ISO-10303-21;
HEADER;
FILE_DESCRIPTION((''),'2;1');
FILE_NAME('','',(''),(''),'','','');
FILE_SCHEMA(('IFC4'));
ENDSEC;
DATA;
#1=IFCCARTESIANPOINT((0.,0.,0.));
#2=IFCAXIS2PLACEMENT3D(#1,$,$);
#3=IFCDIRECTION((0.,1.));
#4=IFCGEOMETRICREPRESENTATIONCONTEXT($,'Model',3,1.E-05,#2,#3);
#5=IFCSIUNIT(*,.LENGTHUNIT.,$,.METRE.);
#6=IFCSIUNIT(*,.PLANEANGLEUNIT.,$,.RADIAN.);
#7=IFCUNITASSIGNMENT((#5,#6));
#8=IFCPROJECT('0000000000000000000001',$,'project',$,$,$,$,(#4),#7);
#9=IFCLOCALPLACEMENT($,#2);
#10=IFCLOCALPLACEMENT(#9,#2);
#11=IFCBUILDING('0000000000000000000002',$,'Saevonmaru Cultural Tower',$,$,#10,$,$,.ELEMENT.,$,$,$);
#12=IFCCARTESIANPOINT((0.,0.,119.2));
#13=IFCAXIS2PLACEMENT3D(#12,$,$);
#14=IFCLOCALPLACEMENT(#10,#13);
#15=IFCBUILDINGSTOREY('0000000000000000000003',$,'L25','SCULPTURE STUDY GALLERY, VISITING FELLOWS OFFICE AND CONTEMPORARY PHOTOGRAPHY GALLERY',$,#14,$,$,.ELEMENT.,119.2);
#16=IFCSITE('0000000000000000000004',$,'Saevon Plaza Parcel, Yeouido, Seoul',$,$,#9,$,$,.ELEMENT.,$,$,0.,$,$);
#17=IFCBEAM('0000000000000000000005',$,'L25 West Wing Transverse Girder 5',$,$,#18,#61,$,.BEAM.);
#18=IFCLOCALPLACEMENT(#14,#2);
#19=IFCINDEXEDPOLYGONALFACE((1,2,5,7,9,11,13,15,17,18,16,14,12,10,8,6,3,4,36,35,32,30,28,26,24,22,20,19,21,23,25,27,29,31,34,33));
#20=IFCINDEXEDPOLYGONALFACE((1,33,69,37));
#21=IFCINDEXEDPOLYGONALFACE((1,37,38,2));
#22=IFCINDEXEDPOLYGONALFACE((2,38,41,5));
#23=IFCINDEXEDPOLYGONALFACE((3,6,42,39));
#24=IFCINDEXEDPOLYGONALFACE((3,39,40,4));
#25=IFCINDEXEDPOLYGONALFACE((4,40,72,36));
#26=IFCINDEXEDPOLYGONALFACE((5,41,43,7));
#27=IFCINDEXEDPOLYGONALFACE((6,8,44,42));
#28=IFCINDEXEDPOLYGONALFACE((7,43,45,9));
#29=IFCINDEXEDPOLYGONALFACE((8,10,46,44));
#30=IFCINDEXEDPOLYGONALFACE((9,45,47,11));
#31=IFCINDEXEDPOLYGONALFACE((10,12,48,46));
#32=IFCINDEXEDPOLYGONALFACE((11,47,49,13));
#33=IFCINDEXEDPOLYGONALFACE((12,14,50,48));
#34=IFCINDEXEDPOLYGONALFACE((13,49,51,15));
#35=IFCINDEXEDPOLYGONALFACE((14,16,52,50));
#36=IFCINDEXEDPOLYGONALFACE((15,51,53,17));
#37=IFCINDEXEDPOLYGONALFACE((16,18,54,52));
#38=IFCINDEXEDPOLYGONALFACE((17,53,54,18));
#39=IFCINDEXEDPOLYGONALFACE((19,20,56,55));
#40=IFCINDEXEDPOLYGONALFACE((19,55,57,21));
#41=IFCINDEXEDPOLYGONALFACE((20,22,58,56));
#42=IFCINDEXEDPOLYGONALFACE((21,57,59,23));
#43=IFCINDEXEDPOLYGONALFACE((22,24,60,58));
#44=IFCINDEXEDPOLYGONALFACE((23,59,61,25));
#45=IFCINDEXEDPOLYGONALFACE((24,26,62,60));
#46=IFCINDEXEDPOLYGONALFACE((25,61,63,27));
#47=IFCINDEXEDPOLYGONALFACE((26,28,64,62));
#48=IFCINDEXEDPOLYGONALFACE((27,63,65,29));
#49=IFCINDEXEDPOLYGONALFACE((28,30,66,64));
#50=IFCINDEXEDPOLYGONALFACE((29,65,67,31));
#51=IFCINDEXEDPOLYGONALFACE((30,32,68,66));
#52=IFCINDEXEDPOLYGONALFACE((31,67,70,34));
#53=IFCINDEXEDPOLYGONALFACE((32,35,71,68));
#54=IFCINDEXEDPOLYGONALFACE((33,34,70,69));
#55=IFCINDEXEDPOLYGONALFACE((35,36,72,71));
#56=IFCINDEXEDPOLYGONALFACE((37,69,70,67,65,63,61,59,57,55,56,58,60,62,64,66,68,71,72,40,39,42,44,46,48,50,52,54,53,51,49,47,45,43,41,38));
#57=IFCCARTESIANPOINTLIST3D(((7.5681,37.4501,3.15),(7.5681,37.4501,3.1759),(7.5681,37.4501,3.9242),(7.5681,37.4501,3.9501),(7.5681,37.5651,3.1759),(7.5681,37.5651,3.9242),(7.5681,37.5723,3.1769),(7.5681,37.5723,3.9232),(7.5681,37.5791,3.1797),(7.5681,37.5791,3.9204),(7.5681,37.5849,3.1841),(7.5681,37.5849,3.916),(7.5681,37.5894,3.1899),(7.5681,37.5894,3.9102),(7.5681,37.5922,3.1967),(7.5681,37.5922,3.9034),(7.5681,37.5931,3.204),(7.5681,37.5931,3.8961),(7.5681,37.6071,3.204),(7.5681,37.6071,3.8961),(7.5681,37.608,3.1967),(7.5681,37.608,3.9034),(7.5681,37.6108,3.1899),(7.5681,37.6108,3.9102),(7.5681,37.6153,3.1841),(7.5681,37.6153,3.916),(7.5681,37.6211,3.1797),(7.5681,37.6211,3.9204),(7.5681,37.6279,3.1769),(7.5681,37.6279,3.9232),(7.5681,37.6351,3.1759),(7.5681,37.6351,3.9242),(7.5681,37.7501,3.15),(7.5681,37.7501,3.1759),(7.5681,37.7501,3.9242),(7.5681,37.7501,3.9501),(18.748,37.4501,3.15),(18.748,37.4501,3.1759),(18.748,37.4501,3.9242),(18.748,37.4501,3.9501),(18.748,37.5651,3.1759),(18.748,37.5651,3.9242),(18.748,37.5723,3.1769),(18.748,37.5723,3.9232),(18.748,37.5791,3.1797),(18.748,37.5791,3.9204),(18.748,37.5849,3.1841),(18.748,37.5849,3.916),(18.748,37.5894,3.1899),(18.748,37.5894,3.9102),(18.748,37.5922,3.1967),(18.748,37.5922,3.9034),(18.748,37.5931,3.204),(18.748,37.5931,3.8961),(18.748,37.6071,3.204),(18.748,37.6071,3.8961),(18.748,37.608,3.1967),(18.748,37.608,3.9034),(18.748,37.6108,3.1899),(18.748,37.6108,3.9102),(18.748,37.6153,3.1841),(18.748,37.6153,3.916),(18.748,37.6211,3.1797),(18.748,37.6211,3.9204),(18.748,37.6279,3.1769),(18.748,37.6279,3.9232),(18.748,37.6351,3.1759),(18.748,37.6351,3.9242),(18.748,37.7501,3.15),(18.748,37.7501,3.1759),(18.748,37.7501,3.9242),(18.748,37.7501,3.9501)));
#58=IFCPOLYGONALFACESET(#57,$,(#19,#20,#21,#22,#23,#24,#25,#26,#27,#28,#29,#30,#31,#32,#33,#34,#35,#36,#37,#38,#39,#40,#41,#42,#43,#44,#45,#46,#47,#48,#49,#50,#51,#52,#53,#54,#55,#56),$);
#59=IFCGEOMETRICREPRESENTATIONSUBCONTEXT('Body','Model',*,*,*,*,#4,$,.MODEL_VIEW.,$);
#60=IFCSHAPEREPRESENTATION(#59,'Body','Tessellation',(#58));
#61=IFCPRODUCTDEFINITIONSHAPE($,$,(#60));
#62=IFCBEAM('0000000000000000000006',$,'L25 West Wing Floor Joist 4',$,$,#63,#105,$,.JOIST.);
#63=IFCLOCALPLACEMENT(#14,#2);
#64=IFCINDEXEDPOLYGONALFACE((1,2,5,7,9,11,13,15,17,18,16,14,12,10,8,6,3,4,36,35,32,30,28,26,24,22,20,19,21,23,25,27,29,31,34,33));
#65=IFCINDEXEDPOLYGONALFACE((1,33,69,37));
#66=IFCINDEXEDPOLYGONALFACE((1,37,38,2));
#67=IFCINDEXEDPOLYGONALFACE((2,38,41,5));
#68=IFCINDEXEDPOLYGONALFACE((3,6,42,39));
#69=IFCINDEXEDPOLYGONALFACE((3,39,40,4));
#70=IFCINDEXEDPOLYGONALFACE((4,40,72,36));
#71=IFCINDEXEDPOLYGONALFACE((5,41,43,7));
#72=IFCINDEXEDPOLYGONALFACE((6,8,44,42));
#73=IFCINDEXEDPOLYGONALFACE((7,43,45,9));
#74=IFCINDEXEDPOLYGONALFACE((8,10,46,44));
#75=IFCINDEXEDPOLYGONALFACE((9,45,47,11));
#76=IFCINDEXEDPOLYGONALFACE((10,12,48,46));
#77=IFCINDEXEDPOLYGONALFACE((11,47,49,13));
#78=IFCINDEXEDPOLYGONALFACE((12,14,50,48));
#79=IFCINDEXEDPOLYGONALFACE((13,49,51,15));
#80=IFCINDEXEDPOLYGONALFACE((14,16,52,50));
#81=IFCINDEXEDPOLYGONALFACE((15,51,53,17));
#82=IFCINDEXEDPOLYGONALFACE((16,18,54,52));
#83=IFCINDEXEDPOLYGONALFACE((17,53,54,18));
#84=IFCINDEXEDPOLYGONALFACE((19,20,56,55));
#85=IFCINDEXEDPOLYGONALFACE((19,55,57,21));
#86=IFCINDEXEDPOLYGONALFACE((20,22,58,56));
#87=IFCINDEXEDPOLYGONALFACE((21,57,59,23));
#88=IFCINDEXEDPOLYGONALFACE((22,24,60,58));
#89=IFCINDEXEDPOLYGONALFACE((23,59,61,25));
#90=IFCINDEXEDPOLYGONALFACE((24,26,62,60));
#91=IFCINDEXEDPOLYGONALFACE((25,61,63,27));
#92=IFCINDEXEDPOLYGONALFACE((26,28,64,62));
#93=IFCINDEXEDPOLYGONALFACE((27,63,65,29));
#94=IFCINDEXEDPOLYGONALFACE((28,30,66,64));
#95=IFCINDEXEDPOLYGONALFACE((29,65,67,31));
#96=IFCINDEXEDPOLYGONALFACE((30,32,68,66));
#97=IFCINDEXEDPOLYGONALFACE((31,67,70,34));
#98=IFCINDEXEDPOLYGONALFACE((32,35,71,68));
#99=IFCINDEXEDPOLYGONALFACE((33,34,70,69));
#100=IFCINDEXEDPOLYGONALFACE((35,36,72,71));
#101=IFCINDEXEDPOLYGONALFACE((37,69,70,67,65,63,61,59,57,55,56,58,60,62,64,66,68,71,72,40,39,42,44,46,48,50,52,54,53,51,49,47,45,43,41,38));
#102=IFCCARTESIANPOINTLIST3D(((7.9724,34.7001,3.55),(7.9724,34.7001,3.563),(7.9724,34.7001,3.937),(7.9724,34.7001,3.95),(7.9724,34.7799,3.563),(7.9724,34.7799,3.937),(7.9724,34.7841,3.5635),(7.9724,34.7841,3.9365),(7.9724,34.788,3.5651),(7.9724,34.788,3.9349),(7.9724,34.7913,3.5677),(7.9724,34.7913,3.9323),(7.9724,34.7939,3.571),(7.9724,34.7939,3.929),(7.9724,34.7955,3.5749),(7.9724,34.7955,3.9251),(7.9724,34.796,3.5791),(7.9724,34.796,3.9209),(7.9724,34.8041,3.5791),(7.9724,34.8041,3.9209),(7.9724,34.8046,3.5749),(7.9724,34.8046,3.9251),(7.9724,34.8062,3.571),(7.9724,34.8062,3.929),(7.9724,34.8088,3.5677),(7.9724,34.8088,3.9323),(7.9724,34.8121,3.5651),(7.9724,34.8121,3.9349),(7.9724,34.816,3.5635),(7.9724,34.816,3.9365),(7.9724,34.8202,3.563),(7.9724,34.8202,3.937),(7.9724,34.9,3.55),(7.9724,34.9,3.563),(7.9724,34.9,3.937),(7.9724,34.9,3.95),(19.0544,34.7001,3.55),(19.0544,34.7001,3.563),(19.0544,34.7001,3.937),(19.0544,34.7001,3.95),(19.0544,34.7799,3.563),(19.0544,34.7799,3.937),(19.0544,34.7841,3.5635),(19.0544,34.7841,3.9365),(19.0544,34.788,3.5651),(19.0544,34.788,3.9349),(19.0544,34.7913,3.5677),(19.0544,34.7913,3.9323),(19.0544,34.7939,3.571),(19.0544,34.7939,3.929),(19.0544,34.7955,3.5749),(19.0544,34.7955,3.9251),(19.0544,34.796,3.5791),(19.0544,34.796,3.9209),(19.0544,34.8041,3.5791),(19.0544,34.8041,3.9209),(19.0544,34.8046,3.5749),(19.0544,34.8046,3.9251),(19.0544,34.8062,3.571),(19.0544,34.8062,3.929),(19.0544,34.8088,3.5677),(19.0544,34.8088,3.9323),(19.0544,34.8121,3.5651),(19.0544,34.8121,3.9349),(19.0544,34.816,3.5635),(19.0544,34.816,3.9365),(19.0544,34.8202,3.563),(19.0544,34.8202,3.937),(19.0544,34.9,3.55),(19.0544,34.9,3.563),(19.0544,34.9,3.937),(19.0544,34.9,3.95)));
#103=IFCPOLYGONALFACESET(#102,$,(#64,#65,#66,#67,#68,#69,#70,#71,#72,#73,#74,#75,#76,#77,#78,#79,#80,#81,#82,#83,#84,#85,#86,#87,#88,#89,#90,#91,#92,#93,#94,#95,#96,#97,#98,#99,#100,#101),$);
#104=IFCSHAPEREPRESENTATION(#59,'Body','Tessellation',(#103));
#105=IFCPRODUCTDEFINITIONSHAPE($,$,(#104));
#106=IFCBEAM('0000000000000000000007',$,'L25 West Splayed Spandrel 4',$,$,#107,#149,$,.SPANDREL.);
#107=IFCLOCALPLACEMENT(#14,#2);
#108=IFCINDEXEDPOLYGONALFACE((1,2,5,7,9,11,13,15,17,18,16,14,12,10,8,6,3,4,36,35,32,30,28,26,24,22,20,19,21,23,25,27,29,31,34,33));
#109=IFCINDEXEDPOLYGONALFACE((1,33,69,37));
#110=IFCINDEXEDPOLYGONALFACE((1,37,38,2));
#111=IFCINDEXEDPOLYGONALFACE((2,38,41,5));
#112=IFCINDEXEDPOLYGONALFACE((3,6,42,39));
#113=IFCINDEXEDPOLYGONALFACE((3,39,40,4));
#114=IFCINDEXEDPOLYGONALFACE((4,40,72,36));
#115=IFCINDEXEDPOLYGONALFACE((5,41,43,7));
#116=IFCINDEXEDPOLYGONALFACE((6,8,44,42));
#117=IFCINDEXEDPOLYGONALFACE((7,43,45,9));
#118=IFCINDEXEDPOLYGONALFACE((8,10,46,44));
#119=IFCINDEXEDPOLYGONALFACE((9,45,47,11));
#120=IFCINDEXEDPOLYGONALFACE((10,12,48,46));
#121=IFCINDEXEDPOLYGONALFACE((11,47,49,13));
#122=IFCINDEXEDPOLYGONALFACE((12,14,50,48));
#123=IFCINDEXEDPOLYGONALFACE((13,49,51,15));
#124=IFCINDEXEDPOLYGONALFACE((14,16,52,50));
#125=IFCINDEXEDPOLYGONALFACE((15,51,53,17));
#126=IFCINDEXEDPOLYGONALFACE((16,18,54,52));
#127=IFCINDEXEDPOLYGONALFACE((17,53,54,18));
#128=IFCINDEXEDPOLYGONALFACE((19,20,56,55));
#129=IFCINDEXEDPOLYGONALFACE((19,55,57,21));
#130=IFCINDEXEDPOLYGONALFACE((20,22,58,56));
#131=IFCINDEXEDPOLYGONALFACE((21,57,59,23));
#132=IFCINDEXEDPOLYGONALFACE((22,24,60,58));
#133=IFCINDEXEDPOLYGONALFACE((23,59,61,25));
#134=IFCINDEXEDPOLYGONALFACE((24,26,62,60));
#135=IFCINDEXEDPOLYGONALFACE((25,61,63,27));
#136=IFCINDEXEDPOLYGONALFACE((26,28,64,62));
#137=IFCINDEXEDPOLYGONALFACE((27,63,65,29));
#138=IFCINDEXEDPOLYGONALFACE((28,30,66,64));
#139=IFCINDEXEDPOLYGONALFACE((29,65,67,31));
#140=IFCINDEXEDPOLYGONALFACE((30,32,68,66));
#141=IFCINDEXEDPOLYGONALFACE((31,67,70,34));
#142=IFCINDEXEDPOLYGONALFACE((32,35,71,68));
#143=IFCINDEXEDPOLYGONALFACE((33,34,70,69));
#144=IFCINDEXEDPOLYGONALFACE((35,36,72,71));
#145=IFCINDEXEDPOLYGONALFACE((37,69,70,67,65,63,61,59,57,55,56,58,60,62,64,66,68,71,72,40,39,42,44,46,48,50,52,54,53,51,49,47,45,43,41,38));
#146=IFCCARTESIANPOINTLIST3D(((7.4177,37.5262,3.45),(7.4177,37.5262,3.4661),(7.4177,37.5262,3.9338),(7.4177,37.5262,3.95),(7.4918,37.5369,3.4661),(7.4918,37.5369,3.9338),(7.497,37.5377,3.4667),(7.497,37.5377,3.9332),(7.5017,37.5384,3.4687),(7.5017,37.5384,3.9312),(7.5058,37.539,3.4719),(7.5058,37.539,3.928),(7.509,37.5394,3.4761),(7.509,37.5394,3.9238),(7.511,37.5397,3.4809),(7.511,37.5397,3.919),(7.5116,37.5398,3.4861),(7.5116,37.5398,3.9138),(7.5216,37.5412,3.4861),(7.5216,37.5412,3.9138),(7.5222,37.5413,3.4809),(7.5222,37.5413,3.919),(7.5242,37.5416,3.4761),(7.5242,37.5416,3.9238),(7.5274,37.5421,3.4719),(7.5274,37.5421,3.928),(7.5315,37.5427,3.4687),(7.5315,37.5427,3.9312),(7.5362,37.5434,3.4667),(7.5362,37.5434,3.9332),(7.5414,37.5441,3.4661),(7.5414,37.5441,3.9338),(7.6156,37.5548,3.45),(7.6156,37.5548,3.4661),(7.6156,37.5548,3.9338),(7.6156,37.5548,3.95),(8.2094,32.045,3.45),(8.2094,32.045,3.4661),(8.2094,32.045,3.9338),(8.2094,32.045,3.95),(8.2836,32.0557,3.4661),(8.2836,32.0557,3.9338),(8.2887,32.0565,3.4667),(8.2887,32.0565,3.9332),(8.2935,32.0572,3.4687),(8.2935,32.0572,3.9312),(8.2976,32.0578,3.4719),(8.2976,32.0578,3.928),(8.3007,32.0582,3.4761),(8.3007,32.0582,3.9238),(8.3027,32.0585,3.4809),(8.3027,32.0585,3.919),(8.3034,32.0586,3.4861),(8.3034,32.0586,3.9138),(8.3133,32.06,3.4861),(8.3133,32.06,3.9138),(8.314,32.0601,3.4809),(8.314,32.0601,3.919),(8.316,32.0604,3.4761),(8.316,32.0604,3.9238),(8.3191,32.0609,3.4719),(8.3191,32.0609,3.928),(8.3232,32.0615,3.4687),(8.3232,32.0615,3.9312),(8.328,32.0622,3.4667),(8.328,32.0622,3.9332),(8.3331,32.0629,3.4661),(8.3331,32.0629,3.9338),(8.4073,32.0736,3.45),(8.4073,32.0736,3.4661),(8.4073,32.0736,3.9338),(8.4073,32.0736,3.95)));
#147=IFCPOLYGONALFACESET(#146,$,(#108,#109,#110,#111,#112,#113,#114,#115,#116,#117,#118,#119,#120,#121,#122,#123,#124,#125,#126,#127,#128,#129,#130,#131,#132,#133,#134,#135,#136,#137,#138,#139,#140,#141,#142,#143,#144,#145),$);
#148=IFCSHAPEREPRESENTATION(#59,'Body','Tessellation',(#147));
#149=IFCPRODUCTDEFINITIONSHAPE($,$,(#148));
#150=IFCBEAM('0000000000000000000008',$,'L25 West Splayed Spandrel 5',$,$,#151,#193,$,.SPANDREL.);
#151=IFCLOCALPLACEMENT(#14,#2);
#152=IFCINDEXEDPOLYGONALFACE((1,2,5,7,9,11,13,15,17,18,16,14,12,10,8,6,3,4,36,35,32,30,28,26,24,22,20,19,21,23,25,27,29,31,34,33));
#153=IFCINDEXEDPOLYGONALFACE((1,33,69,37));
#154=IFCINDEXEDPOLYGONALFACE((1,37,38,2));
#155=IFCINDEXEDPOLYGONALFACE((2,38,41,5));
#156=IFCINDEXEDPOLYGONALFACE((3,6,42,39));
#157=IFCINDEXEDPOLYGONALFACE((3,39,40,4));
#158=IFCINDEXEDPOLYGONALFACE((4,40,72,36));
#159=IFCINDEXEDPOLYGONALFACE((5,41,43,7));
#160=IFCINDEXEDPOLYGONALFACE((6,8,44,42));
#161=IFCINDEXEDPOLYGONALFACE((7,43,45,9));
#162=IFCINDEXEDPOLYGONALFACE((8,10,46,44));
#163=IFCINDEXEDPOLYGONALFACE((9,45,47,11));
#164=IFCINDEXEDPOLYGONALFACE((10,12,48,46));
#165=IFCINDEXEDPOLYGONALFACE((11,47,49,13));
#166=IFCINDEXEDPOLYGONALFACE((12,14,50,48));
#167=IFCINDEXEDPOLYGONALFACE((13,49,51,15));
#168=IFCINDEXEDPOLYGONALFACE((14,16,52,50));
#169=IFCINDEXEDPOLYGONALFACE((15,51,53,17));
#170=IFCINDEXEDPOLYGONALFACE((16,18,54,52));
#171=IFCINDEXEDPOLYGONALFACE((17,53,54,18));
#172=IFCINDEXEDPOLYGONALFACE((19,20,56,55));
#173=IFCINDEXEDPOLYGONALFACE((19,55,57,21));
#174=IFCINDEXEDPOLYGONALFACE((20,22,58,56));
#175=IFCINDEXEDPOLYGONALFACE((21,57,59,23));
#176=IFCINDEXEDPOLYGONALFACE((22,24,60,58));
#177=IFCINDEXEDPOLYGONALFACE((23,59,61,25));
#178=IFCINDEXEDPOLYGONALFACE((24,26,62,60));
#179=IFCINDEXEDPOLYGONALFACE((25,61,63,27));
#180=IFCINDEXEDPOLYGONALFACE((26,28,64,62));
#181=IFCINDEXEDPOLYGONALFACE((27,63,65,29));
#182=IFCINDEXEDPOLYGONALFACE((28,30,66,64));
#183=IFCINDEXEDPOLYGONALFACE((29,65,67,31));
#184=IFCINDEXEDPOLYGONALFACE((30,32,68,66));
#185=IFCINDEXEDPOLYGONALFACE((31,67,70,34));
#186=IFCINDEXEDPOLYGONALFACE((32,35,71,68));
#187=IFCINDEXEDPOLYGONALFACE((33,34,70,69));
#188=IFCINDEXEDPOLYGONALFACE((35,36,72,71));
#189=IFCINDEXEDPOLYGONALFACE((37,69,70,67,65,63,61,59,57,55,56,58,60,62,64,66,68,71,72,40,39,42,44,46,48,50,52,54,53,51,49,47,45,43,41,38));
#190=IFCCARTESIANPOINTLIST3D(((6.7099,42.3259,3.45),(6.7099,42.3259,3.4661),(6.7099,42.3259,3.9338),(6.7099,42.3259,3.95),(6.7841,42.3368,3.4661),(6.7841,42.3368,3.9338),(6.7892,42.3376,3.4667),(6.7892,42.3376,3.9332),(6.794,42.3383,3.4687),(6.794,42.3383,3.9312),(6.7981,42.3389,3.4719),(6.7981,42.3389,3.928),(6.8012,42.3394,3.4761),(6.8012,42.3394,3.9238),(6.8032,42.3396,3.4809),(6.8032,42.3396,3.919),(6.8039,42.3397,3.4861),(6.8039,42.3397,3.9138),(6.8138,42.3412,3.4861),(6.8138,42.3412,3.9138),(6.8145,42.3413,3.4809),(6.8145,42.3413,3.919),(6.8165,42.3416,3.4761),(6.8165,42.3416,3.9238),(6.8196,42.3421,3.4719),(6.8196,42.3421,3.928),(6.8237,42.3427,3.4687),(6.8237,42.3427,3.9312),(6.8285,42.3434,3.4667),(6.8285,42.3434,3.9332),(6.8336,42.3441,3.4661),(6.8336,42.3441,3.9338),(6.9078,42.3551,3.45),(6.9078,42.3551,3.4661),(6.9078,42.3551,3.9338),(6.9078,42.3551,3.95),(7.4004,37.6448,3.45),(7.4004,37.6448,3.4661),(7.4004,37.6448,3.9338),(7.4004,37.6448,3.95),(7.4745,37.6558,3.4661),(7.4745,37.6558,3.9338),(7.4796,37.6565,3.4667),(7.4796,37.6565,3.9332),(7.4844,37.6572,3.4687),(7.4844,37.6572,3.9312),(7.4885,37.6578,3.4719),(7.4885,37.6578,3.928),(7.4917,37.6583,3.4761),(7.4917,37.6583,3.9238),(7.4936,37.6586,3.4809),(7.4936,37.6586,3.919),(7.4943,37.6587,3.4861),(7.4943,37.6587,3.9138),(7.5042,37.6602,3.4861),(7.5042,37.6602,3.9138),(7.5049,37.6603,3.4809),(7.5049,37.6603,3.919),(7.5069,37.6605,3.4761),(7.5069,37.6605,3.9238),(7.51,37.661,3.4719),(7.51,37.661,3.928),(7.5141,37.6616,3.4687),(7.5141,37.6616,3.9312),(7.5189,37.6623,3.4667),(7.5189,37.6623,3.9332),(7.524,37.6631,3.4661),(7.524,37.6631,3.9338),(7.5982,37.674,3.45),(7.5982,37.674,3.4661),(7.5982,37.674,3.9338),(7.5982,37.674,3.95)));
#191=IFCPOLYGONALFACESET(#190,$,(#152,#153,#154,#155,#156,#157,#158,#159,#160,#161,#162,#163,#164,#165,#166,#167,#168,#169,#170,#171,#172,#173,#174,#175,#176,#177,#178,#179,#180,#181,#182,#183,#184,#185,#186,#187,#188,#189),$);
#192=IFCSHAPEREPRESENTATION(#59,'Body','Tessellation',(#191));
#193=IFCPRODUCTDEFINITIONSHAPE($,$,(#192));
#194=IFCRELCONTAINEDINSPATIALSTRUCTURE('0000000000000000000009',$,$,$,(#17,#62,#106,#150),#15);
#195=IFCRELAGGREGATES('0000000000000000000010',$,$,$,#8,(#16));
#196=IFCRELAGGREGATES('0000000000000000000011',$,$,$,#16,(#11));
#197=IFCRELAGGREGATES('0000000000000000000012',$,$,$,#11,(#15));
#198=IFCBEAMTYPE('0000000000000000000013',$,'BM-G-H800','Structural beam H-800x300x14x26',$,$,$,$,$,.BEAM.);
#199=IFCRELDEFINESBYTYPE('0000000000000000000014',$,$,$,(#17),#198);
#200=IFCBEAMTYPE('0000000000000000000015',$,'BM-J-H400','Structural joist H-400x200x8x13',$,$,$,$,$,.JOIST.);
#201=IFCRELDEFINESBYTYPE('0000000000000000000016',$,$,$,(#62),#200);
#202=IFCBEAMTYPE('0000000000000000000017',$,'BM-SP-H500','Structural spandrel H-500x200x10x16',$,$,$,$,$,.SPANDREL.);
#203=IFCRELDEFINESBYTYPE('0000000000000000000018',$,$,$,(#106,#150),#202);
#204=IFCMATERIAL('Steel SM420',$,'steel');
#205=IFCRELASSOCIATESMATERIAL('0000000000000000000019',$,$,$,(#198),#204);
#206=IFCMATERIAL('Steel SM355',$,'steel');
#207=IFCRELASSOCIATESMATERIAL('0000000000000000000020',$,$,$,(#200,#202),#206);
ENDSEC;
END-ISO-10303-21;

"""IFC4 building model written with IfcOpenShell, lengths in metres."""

from ifc_helpers import new_model, si_unit, direction, frame, origin, origin_2d, place, context, subcontext, project, spatial, i_section, extrude, material, material_profile, profile_set, type_object, element, save


model = new_model("IFC4")

# Units and contexts
model_context = context("Model", 3, precision=1e-05, world=origin(), true_north=direction((0.0, 1.0)))
body_context = subcontext(model_context, "Body", "Model", "MODEL_VIEW")
ifc_project = project(units=[si_unit("LENGTHUNIT", "METRE"), si_unit("PLANEANGLEUNIT", "RADIAN")], contexts=[model_context])

# Site, building, storey
site_placement = place(None, origin())
site = spatial("IfcSite", under=ifc_project, at=site_placement, Name="Saevon Plaza Parcel, Yeouido, Seoul", CompositionType="ELEMENT", RefElevation=0.0)
building_placement = place(site_placement, origin())
building = spatial("IfcBuilding", under=site, at=building_placement, Name="Saevonmaru Cultural Tower", CompositionType="ELEMENT")
storey_placement = place(building_placement, frame((0.0, 0.0, 119.2)))
storey = spatial("IfcBuildingStorey", under=building, at=storey_placement, Name="L25", Description="SCULPTURE STUDY GALLERY, VISITING FELLOWS OFFICE AND CONTEMPORARY PHOTOGRAPHY GALLERY", CompositionType="ELEMENT", Elevation=119.2)

# Shared definitions
ifc_material_1 = material(Name="Steel SM420", Category="steel")
ifc_material_2 = material(Name="Steel SM355", Category="steel")

# Beams
ifc_material_profile_1 = material_profile(ifc_material_1, i_section(OverallWidth=0.3, OverallDepth=0.8, WebThickness=0.0139, FlangeThickness=0.0259, FilletRadius=0.0281, at=origin_2d()), Name="H-800x300x14x26")
ifc_profile_set_1 = profile_set([ifc_material_profile_1], Name="Steel SM420")
beam_type_1 = type_object("IfcBeamType", Name="BM-G-H800", Description="Structural beam H-800x300x14x26", PredefinedType="BEAM", material=ifc_profile_set_1)
for number, where, z_axis, x_axis, name in (
    (1, (7.5681, 37.6001, 3.55), (1.0, 0.0, 0.0), (0.0, 1.0, 0.0), "L25 West Wing Transverse Girder 5"),
):
    element("IfcBeam", number, at=place(storey_placement, frame(where, z_axis=z_axis, x_axis=x_axis)), inside=storey, type_object=beam_type_1, Name=name, PredefinedType="BEAM", context=body_context, shape_type="SweptSolid", body=[
        extrude(i_section(OverallWidth=0.3, OverallDepth=0.8, WebThickness=0.0139, FlangeThickness=0.0259, FilletRadius=0.0281, at=origin_2d()), origin(), (0.0, 0.0, 1.0), 11.1799),
    ])
ifc_material_profile_2 = material_profile(ifc_material_2, i_section(OverallWidth=0.2, OverallDepth=0.3999, WebThickness=0.0081, FlangeThickness=0.0129, FilletRadius=0.0161, at=origin_2d()), Name="H-400x200x8x13")
ifc_profile_set_2 = profile_set([ifc_material_profile_2], Name="Steel SM355")
beam_type_2 = type_object("IfcBeamType", Name="BM-J-H400", Description="Structural joist H-400x200x8x13", PredefinedType="JOIST", material=ifc_profile_set_2)
beam_1_placement = place(storey_placement, frame((7.9724, 34.8, 3.75), z_axis=(1.0, 0.0, 0.0), x_axis=(0.0, 1.0, 0.0)))
element("IfcBeam", 2, at=beam_1_placement, inside=storey, type_object=beam_type_2, Name="L25 West Wing Floor Joist 4", PredefinedType="JOIST", context=body_context, shape_type="SweptSolid", body=[
    extrude(i_section(OverallWidth=0.2, OverallDepth=0.3999, WebThickness=0.0081, FlangeThickness=0.0129, FilletRadius=0.0161, at=origin_2d()), origin(), (0.0, 0.0, 1.0), 11.082),
])
ifc_material_profile_3 = material_profile(ifc_material_2, i_section(OverallWidth=0.2, OverallDepth=0.5, WebThickness=0.01, FlangeThickness=0.0161, FilletRadius=0.02, at=origin_2d()), Name="H-500x200x10x16")
ifc_profile_set_3 = profile_set([ifc_material_profile_3], Name="Steel SM355")
beam_type_3 = type_object("IfcBeamType", Name="BM-SP-H500", Description="Structural spandrel H-500x200x10x16", PredefinedType="SPANDREL", material=ifc_profile_set_3)
beam_2_placement = place(storey_placement, frame((8.3083, 32.0593, 3.7), z_axis=(-0.142964, 0.989728, 0.0), x_axis=(-0.989728, -0.142964, 0.0)))
element("IfcBeam", 3, at=beam_2_placement, inside=storey, type_object=beam_type_3, Name="L25 West Splayed Spandrel 4", PredefinedType="SPANDREL", context=body_context, shape_type="SweptSolid", body=[
    extrude(i_section(OverallWidth=0.2, OverallDepth=0.5, WebThickness=0.01, FlangeThickness=0.0161, FilletRadius=0.02, at=origin_2d()), origin(), (0.0, 0.0, 1.0), 5.5381),
])
beam_3_placement = place(storey_placement, frame((7.4993, 37.6594, 3.7), z_axis=(-0.145913, 0.989297, 0.0), x_axis=(-0.989297, -0.145913, 0.0)))
element("IfcBeam", 4, at=beam_3_placement, inside=storey, type_object=beam_type_3, Name="L25 West Splayed Spandrel 5", PredefinedType="SPANDREL", context=body_context, shape_type="SweptSolid", body=[
    extrude(i_section(OverallWidth=0.2, OverallDepth=0.5, WebThickness=0.01, FlangeThickness=0.0161, FilletRadius=0.02, at=origin_2d()), origin(), (0.0, 0.0, 1.0), 4.7317),
])

save(model, "model.ifc")
